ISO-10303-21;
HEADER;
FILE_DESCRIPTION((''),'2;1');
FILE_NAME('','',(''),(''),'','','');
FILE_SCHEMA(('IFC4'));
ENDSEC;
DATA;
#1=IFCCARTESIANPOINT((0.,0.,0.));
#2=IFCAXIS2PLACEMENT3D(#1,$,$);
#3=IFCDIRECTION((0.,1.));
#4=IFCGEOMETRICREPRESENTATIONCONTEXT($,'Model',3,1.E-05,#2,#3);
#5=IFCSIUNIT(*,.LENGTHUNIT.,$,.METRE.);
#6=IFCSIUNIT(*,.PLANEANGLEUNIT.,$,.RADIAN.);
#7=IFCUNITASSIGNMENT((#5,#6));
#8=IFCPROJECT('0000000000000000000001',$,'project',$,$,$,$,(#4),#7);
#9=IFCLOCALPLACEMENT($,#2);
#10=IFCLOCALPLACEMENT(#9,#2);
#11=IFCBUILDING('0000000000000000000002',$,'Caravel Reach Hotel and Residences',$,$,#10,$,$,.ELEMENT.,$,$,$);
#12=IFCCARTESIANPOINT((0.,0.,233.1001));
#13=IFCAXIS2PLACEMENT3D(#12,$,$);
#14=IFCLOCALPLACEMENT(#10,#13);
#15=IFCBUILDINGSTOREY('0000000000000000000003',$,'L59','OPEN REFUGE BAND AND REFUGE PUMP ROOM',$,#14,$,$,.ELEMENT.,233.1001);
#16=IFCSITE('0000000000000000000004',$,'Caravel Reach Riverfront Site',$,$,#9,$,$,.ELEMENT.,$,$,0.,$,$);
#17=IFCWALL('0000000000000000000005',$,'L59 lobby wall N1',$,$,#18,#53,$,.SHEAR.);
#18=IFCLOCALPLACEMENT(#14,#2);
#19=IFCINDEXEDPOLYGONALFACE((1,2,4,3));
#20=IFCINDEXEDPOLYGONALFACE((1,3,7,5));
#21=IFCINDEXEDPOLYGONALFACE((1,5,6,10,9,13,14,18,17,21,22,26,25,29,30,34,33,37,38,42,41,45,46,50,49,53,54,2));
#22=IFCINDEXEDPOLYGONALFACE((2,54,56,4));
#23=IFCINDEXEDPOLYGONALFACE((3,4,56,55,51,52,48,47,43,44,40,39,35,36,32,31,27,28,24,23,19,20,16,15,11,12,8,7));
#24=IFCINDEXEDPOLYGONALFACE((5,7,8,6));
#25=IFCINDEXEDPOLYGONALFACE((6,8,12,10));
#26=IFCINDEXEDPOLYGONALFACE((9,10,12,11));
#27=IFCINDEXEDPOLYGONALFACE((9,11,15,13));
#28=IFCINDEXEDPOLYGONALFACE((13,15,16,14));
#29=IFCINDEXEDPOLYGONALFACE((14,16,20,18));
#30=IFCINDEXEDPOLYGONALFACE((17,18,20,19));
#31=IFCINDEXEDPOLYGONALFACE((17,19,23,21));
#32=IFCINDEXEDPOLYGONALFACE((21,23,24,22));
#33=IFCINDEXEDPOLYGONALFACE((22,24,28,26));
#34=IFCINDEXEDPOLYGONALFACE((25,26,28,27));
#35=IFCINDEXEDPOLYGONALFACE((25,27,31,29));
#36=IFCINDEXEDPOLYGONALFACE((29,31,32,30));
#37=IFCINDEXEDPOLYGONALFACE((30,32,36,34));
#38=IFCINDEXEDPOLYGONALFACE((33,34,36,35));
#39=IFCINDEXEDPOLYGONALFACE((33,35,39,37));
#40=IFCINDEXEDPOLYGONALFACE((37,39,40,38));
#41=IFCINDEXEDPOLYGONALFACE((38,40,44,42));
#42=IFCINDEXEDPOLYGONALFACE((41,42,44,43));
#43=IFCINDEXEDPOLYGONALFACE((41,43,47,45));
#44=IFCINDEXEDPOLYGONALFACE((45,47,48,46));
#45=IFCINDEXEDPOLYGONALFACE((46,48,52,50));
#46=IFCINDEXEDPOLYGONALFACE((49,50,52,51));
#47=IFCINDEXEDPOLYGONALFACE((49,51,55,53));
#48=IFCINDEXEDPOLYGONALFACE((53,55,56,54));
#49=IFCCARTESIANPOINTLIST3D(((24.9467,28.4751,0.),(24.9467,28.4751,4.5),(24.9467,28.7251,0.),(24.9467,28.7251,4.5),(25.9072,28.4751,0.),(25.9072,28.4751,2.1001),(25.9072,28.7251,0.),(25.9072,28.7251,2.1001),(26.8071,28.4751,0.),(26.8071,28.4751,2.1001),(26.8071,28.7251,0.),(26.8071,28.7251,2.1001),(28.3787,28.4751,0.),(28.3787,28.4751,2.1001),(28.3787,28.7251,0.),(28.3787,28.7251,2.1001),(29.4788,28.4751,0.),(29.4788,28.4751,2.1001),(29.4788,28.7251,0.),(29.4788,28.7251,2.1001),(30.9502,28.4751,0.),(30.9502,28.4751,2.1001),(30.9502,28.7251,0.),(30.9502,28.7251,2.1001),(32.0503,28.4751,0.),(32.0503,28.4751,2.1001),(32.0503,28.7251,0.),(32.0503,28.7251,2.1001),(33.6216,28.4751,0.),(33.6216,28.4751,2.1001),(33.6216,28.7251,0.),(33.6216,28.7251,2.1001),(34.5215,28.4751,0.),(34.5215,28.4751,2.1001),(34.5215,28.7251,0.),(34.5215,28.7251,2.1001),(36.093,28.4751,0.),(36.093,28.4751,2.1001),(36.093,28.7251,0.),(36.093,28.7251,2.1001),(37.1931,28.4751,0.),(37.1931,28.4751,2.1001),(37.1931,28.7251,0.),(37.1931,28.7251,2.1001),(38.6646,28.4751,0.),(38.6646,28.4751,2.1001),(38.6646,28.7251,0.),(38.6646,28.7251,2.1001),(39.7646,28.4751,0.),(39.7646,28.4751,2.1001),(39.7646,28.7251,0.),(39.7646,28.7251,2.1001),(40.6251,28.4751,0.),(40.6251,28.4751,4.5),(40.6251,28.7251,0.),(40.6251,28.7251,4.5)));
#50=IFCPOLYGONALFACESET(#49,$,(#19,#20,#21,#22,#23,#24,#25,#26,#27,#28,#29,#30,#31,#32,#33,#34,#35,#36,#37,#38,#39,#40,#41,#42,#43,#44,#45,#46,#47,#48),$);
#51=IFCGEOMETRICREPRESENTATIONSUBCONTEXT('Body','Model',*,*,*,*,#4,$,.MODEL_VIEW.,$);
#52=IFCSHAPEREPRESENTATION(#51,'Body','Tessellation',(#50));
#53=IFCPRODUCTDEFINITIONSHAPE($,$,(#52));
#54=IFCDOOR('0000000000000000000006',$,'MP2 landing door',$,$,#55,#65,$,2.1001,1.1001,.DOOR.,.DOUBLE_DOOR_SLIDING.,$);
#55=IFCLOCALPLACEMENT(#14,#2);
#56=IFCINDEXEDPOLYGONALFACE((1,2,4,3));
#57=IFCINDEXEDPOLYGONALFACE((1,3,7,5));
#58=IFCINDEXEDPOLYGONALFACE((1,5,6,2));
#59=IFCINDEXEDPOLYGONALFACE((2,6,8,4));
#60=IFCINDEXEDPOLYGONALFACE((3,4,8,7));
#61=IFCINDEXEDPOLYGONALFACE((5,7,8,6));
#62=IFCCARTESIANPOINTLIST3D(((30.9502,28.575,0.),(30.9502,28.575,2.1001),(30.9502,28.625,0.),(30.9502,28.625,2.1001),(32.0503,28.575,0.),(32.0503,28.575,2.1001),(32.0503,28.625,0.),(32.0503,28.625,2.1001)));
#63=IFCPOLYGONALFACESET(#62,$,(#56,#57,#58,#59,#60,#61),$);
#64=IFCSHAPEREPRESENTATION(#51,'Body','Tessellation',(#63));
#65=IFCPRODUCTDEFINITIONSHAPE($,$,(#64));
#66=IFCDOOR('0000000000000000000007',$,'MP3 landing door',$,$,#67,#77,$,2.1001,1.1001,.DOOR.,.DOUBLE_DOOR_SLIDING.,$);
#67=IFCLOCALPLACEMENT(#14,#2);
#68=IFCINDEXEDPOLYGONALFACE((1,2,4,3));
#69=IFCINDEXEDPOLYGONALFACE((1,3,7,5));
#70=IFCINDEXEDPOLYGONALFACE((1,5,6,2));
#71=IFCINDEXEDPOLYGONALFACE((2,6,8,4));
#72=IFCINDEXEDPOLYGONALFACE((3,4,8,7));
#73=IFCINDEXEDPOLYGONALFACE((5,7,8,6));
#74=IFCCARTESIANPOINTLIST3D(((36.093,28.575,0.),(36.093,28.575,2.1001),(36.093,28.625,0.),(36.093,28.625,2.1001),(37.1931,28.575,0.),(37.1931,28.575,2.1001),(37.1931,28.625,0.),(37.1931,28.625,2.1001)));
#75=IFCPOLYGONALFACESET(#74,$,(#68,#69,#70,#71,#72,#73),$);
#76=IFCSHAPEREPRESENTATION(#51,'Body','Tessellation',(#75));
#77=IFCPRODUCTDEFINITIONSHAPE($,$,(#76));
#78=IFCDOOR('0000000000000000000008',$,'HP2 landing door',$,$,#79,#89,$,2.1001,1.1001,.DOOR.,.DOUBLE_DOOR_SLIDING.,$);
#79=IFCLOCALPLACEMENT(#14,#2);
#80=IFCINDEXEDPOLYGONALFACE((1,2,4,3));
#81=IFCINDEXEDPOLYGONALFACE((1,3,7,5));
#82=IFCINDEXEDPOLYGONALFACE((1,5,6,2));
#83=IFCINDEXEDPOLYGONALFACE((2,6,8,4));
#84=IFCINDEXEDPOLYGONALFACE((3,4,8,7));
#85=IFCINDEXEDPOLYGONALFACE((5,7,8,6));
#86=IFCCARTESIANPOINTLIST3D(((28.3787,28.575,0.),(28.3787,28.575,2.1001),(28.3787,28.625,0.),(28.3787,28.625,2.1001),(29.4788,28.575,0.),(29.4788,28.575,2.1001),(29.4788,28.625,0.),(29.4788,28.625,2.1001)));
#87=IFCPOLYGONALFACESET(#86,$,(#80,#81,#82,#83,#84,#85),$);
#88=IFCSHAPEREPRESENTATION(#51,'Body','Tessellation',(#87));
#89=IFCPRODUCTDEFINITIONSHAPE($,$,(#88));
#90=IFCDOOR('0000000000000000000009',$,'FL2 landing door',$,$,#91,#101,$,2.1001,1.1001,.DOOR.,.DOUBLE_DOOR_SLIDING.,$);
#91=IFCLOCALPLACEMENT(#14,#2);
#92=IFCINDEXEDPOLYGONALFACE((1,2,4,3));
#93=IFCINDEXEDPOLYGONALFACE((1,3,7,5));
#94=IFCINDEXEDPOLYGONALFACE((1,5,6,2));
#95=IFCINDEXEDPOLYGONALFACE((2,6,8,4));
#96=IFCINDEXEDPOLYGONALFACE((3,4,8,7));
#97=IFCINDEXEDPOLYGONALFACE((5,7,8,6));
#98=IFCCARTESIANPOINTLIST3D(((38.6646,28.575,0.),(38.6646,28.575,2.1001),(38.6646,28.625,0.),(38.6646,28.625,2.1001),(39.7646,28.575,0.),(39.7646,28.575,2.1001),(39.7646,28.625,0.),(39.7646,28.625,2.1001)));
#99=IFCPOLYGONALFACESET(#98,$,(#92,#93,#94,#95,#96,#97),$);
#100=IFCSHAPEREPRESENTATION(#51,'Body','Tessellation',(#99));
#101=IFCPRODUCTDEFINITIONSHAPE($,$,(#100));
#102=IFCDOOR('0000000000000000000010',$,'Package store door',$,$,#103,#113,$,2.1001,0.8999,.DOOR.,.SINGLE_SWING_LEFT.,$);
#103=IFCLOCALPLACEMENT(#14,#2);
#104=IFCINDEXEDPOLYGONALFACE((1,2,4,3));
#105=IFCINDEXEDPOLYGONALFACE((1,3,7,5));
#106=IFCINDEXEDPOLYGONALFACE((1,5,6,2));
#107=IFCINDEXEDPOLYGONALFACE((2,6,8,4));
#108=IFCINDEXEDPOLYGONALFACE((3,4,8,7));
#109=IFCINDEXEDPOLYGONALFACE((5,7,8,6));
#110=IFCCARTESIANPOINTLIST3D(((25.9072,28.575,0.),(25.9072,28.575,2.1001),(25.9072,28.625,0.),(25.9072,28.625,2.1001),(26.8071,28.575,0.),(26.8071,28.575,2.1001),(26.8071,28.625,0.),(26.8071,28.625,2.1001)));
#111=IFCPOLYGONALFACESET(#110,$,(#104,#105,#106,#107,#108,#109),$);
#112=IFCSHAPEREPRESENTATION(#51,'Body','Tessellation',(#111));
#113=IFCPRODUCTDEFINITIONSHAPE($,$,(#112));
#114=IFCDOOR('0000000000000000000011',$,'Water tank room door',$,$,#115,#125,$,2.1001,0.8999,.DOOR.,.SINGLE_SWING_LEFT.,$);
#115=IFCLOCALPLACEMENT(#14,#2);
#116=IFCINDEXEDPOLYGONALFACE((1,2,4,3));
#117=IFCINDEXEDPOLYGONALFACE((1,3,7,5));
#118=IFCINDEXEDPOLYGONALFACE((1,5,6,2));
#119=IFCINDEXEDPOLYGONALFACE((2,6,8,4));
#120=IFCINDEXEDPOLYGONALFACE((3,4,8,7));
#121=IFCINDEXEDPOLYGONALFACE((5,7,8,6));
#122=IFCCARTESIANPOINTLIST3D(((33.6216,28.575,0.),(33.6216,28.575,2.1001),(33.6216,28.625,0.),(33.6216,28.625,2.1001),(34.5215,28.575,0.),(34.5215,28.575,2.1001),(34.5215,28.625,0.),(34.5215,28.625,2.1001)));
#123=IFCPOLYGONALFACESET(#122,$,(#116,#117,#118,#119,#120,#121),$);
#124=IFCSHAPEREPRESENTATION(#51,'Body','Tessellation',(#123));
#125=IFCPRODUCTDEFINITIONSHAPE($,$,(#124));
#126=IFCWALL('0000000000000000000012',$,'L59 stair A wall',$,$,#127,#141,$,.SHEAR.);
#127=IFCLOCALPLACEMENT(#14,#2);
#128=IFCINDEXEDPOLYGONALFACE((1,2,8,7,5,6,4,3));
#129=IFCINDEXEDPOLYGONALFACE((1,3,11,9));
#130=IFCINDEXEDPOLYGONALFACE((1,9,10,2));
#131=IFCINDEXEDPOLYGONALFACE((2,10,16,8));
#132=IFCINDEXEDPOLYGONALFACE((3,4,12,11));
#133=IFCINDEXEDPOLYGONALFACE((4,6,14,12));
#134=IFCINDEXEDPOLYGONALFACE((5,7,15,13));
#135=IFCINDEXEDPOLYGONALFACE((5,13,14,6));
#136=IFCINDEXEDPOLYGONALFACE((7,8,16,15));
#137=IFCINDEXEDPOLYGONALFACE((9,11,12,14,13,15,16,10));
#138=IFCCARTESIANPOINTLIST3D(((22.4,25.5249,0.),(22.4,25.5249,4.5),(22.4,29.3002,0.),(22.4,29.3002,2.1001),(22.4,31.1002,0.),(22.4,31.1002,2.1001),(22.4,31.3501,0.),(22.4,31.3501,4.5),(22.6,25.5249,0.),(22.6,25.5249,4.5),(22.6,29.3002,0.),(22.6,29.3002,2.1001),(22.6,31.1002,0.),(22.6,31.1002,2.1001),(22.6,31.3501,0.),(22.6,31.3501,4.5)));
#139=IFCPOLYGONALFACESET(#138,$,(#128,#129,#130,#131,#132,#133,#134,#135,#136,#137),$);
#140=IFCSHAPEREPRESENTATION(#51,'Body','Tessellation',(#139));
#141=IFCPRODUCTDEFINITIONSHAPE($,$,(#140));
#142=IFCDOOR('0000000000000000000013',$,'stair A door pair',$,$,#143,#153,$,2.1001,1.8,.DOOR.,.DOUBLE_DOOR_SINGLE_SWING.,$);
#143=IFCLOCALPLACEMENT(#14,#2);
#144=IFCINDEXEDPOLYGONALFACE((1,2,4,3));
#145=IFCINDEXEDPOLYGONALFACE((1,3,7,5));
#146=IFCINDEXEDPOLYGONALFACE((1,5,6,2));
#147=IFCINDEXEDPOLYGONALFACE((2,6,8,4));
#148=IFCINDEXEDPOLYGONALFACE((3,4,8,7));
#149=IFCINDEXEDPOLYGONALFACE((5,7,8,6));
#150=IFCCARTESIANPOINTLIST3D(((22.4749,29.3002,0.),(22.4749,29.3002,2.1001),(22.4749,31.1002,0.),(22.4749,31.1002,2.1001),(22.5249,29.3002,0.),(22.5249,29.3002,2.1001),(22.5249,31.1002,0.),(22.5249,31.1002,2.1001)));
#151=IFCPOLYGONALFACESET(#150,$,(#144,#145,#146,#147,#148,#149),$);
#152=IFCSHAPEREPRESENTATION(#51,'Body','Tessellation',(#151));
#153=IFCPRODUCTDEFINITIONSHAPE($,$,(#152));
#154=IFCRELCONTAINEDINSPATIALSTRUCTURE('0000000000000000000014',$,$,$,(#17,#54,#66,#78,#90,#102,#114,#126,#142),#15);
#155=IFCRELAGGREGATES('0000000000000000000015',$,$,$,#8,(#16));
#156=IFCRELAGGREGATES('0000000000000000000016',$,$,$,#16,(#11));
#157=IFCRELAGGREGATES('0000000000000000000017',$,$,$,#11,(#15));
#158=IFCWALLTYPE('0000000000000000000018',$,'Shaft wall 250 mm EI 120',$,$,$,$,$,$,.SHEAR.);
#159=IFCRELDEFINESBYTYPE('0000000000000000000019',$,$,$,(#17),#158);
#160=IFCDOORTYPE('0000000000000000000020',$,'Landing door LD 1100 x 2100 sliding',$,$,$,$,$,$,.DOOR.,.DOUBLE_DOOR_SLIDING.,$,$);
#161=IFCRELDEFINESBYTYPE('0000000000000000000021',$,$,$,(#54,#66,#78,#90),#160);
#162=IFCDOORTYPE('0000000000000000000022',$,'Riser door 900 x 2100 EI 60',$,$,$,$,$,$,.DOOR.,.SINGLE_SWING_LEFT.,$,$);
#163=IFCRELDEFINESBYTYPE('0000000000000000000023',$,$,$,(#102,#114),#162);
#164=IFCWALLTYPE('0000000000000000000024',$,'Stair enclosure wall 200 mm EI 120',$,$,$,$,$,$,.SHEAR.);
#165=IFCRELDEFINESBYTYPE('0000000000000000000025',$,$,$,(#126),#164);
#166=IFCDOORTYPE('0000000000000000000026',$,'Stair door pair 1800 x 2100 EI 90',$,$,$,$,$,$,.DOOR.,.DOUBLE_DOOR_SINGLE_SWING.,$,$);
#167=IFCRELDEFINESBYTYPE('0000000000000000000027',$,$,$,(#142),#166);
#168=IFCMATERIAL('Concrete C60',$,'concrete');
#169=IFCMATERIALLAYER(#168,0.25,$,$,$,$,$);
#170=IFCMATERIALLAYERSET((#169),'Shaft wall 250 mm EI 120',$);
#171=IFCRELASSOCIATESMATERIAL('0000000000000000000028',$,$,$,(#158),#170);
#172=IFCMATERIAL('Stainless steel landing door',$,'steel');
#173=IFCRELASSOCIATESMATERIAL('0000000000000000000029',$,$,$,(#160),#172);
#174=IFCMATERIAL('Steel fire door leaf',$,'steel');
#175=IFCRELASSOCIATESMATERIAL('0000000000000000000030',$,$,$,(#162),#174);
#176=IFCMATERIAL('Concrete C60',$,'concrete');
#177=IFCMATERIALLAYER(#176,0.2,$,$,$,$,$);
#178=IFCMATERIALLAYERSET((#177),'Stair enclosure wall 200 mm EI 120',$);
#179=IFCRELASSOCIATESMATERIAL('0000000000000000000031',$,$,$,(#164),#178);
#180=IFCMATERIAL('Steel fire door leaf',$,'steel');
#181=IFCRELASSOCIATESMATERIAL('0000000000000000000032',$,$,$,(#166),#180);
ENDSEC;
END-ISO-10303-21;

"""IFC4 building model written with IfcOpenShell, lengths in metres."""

from ifc_helpers import new_model, si_unit, direction, frame, frame_2d, origin, place, context, subcontext, project, spatial, rectangle, extrude, material, layer, layer_set, type_object, element, fill, save


model = new_model("IFC4")

# Units and contexts
model_context = context("Model", 3, precision=1e-05, world=origin(), true_north=direction((0.0, 1.0)))
body_context = subcontext(model_context, "Body", "Model", "MODEL_VIEW")
ifc_project = project(units=[si_unit("LENGTHUNIT", "METRE"), si_unit("PLANEANGLEUNIT", "RADIAN")], contexts=[model_context])

# Site, building, storey
site_placement = place(None, origin())
site = spatial("IfcSite", under=ifc_project, at=site_placement, Name="Caravel Reach Riverfront Site", CompositionType="ELEMENT", RefElevation=0.0)
building_placement = place(site_placement, origin())
building = spatial("IfcBuilding", under=site, at=building_placement, Name="Caravel Reach Hotel and Residences", CompositionType="ELEMENT")
storey_placement = place(building_placement, frame((0.0, 0.0, 233.1001)))
storey = spatial("IfcBuildingStorey", under=building, at=storey_placement, Name="L59", Description="OPEN REFUGE BAND AND REFUGE PUMP ROOM", CompositionType="ELEMENT", Elevation=233.1001)

# Wall, openings, doors
ifc_material_1 = material(Name="Concrete C60", Category="concrete")
ifc_layer_1 = layer(ifc_material_1, 0.25)
ifc_layer_set_1 = layer_set([ifc_layer_1], Name="Shaft wall 250 mm EI 120")
wall_type_1 = type_object("IfcWallType", Name="Shaft wall 250 mm EI 120", PredefinedType="SHEAR", material=ifc_layer_set_1)
wall_1_placement = place(storey_placement, frame((24.9465, 28.6001, 0.0), z_axis=(0.0, 0.0, 1.0), x_axis=(1.0, 0.0, 0.0)))
wall_1 = element("IfcWall", 1, at=wall_1_placement, inside=storey, type_object=wall_type_1, Name="L59 lobby wall N1", PredefinedType="SHEAR", context=body_context, shape_type="SweptSolid", body=[
    extrude(rectangle(XDim=15.6785, YDim=0.25, at=frame_2d((7.8394, 0.0))), origin(), (0.0, 0.0, 1.0), 4.5),
])
opening_1_placement = place(wall_1_placement, frame((6.0037, 0.0, 0.0)))
opening_1 = element("IfcOpeningElement", 2, at=opening_1_placement, cuts=wall_1, PredefinedType="OPENING", context=body_context, shape_type="SweptSolid", body=[
    extrude(rectangle(XDim=1.1001, YDim=2.1001, at=frame_2d((0.55, 1.05))), frame((0.0, 0.135, 0.0), z_axis=(0.0, -1.0, 0.0), x_axis=(1.0, 0.0, 0.0)), (0.0, 0.0, 1.0), 0.27),
])
opening_2_placement = place(wall_1_placement, frame((11.1465, 0.0, 0.0)))
opening_2 = element("IfcOpeningElement", 3, at=opening_2_placement, cuts=wall_1, PredefinedType="OPENING", context=body_context, shape_type="SweptSolid", body=[
    extrude(rectangle(XDim=1.1001, YDim=2.1001, at=frame_2d((0.55, 1.05))), frame((0.0, 0.135, 0.0), z_axis=(0.0, -1.0, 0.0), x_axis=(1.0, 0.0, 0.0)), (0.0, 0.0, 1.0), 0.27),
])
opening_3_placement = place(wall_1_placement, frame((3.4321, 0.0, 0.0)))
opening_3 = element("IfcOpeningElement", 4, at=opening_3_placement, cuts=wall_1, PredefinedType="OPENING", context=body_context, shape_type="SweptSolid", body=[
    extrude(rectangle(XDim=1.1001, YDim=2.1001, at=frame_2d((0.55, 1.05))), frame((0.0, 0.135, 0.0), z_axis=(0.0, -1.0, 0.0), x_axis=(1.0, 0.0, 0.0)), (0.0, 0.0, 1.0), 0.27),
])
opening_4_placement = place(wall_1_placement, frame((13.718, 0.0, 0.0)))
opening_4 = element("IfcOpeningElement", 5, at=opening_4_placement, cuts=wall_1, PredefinedType="OPENING", context=body_context, shape_type="SweptSolid", body=[
    extrude(rectangle(XDim=1.1001, YDim=2.1001, at=frame_2d((0.55, 1.05))), frame((0.0, 0.135, 0.0), z_axis=(0.0, -1.0, 0.0), x_axis=(1.0, 0.0, 0.0)), (0.0, 0.0, 1.0), 0.27),
])
opening_5_placement = place(wall_1_placement, frame((0.9607, 0.0, 0.0)))
opening_5 = element("IfcOpeningElement", 6, at=opening_5_placement, cuts=wall_1, PredefinedType="OPENING", context=body_context, shape_type="SweptSolid", body=[
    extrude(rectangle(XDim=0.8999, YDim=2.1001, at=frame_2d((0.45, 1.05))), frame((0.0, 0.135, 0.0), z_axis=(0.0, -1.0, 0.0), x_axis=(1.0, 0.0, 0.0)), (0.0, 0.0, 1.0), 0.27),
])
opening_6_placement = place(wall_1_placement, frame((8.675, 0.0, 0.0)))
opening_6 = element("IfcOpeningElement", 7, at=opening_6_placement, cuts=wall_1, PredefinedType="OPENING", context=body_context, shape_type="SweptSolid", body=[
    extrude(rectangle(XDim=0.8999, YDim=2.1001, at=frame_2d((0.45, 1.05))), frame((0.0, 0.135, 0.0), z_axis=(0.0, -1.0, 0.0), x_axis=(1.0, 0.0, 0.0)), (0.0, 0.0, 1.0), 0.27),
])
ifc_material_2 = material(Name="Stainless steel landing door", Category="steel")
door_type_1 = type_object("IfcDoorType", Name="Landing door LD 1100 x 2100 sliding", OperationType="DOUBLE_DOOR_SLIDING", PredefinedType="DOOR", material=ifc_material_2)
door_1_placement = place(opening_1_placement, origin())
door_1 = element("IfcDoor", 8, at=door_1_placement, inside=storey, type_object=door_type_1, Name="MP2 landing door", OperationType="DOUBLE_DOOR_SLIDING", OverallHeight=2.1001, OverallWidth=1.1001, PredefinedType="DOOR", context=body_context, shape_type="SweptSolid", body=[
    extrude(rectangle(XDim=1.1001, YDim=2.1001, at=frame_2d((0.55, 1.05))), frame((0.0, 0.0249, 0.0), z_axis=(0.0, -1.0, 0.0), x_axis=(1.0, 0.0, 0.0)), (0.0, 0.0, 1.0), 0.05),
])
fill(opening_1, door_1)
door_2_placement = place(opening_2_placement, origin())
door_2 = element("IfcDoor", 9, at=door_2_placement, inside=storey, type_object=door_type_1, Name="MP3 landing door", OperationType="DOUBLE_DOOR_SLIDING", OverallHeight=2.1001, OverallWidth=1.1001, PredefinedType="DOOR", context=body_context, shape_type="SweptSolid", body=[
    extrude(rectangle(XDim=1.1001, YDim=2.1001, at=frame_2d((0.55, 1.05))), frame((0.0, 0.0249, 0.0), z_axis=(0.0, -1.0, 0.0), x_axis=(1.0, 0.0, 0.0)), (0.0, 0.0, 1.0), 0.05),
])
fill(opening_2, door_2)
door_3_placement = place(opening_3_placement, origin())
door_3 = element("IfcDoor", 10, at=door_3_placement, inside=storey, type_object=door_type_1, Name="HP2 landing door", OperationType="DOUBLE_DOOR_SLIDING", OverallHeight=2.1001, OverallWidth=1.1001, PredefinedType="DOOR", context=body_context, shape_type="SweptSolid", body=[
    extrude(rectangle(XDim=1.1001, YDim=2.1001, at=frame_2d((0.55, 1.05))), frame((0.0, 0.0249, 0.0), z_axis=(0.0, -1.0, 0.0), x_axis=(1.0, 0.0, 0.0)), (0.0, 0.0, 1.0), 0.05),
])
fill(opening_3, door_3)
door_4_placement = place(opening_4_placement, origin())
door_4 = element("IfcDoor", 11, at=door_4_placement, inside=storey, type_object=door_type_1, Name="FL2 landing door", OperationType="DOUBLE_DOOR_SLIDING", OverallHeight=2.1001, OverallWidth=1.1001, PredefinedType="DOOR", context=body_context, shape_type="SweptSolid", body=[
    extrude(rectangle(XDim=1.1001, YDim=2.1001, at=frame_2d((0.55, 1.05))), frame((0.0, 0.0249, 0.0), z_axis=(0.0, -1.0, 0.0), x_axis=(1.0, 0.0, 0.0)), (0.0, 0.0, 1.0), 0.05),
])
fill(opening_4, door_4)
ifc_material_3 = material(Name="Steel fire door leaf", Category="steel")
door_type_2 = type_object("IfcDoorType", Name="Riser door 900 x 2100 EI 60", OperationType="SINGLE_SWING_LEFT", PredefinedType="DOOR", material=ifc_material_3)
door_5_placement = place(opening_5_placement, origin())
door_5 = element("IfcDoor", 12, at=door_5_placement, inside=storey, type_object=door_type_2, Name="Package store door", OperationType="SINGLE_SWING_LEFT", OverallHeight=2.1001, OverallWidth=0.8999, PredefinedType="DOOR", context=body_context, shape_type="SweptSolid", body=[
    extrude(rectangle(XDim=0.8999, YDim=2.1001, at=frame_2d((0.45, 1.05))), frame((0.0, 0.0249, 0.0), z_axis=(0.0, -1.0, 0.0), x_axis=(1.0, 0.0, 0.0)), (0.0, 0.0, 1.0), 0.05),
])
fill(opening_5, door_5)
door_6_placement = place(opening_6_placement, origin())
door_6 = element("IfcDoor", 13, at=door_6_placement, inside=storey, type_object=door_type_2, Name="Water tank room door", OperationType="SINGLE_SWING_LEFT", OverallHeight=2.1001, OverallWidth=0.8999, PredefinedType="DOOR", context=body_context, shape_type="SweptSolid", body=[
    extrude(rectangle(XDim=0.8999, YDim=2.1001, at=frame_2d((0.45, 1.05))), frame((0.0, 0.0249, 0.0), z_axis=(0.0, -1.0, 0.0), x_axis=(1.0, 0.0, 0.0)), (0.0, 0.0, 1.0), 0.05),
])
fill(opening_6, door_6)

# Wall, opening, door
ifc_material_4 = material(Name="Concrete C60", Category="concrete")
ifc_layer_2 = layer(ifc_material_4, 0.2)
ifc_layer_set_2 = layer_set([ifc_layer_2], Name="Stair enclosure wall 200 mm EI 120")
wall_type_2 = type_object("IfcWallType", Name="Stair enclosure wall 200 mm EI 120", PredefinedType="SHEAR", material=ifc_layer_set_2)
wall_2_placement = place(storey_placement, frame((22.5, 31.3501, 0.0), z_axis=(0.0, 0.0, 1.0), x_axis=(0.0, -1.0, 0.0)))
wall_2 = element("IfcWall", 14, at=wall_2_placement, inside=storey, type_object=wall_type_2, Name="L59 stair A wall", PredefinedType="SHEAR", context=body_context, shape_type="SweptSolid", body=[
    extrude(rectangle(XDim=5.8252, YDim=0.2, at=frame_2d((2.9126, 0.0))), origin(), (0.0, 0.0, 1.0), 4.5),
])
opening_7_placement = place(wall_2_placement, frame((0.25, 0.0, 0.0)))
opening_7 = element("IfcOpeningElement", 15, at=opening_7_placement, cuts=wall_2, PredefinedType="OPENING", context=body_context, shape_type="SweptSolid", body=[
    extrude(rectangle(XDim=1.8, YDim=2.1001, at=frame_2d((0.8999, 1.05))), frame((0.0, 0.1099, 0.0), z_axis=(0.0, -1.0, 0.0), x_axis=(1.0, 0.0, 0.0)), (0.0, 0.0, 1.0), 0.22),
])
ifc_material_5 = material(Name="Steel fire door leaf", Category="steel")
door_type_3 = type_object("IfcDoorType", Name="Stair door pair 1800 x 2100 EI 90", OperationType="DOUBLE_DOOR_SINGLE_SWING", PredefinedType="DOOR", material=ifc_material_5)
door_7_placement = place(opening_7_placement, origin())
door_7 = element("IfcDoor", 16, at=door_7_placement, inside=storey, type_object=door_type_3, Name="stair A door pair", OperationType="DOUBLE_DOOR_SINGLE_SWING", OverallHeight=2.1001, OverallWidth=1.8, PredefinedType="DOOR", context=body_context, shape_type="SweptSolid", body=[
    extrude(rectangle(XDim=1.8, YDim=2.1001, at=frame_2d((0.8999, 1.05))), frame((0.0, 0.0249, 0.0), z_axis=(0.0, -1.0, 0.0), x_axis=(1.0, 0.0, 0.0)), (0.0, 0.0, 1.0), 0.05),
])
fill(opening_7, door_7)

save(model, "model.ifc")
